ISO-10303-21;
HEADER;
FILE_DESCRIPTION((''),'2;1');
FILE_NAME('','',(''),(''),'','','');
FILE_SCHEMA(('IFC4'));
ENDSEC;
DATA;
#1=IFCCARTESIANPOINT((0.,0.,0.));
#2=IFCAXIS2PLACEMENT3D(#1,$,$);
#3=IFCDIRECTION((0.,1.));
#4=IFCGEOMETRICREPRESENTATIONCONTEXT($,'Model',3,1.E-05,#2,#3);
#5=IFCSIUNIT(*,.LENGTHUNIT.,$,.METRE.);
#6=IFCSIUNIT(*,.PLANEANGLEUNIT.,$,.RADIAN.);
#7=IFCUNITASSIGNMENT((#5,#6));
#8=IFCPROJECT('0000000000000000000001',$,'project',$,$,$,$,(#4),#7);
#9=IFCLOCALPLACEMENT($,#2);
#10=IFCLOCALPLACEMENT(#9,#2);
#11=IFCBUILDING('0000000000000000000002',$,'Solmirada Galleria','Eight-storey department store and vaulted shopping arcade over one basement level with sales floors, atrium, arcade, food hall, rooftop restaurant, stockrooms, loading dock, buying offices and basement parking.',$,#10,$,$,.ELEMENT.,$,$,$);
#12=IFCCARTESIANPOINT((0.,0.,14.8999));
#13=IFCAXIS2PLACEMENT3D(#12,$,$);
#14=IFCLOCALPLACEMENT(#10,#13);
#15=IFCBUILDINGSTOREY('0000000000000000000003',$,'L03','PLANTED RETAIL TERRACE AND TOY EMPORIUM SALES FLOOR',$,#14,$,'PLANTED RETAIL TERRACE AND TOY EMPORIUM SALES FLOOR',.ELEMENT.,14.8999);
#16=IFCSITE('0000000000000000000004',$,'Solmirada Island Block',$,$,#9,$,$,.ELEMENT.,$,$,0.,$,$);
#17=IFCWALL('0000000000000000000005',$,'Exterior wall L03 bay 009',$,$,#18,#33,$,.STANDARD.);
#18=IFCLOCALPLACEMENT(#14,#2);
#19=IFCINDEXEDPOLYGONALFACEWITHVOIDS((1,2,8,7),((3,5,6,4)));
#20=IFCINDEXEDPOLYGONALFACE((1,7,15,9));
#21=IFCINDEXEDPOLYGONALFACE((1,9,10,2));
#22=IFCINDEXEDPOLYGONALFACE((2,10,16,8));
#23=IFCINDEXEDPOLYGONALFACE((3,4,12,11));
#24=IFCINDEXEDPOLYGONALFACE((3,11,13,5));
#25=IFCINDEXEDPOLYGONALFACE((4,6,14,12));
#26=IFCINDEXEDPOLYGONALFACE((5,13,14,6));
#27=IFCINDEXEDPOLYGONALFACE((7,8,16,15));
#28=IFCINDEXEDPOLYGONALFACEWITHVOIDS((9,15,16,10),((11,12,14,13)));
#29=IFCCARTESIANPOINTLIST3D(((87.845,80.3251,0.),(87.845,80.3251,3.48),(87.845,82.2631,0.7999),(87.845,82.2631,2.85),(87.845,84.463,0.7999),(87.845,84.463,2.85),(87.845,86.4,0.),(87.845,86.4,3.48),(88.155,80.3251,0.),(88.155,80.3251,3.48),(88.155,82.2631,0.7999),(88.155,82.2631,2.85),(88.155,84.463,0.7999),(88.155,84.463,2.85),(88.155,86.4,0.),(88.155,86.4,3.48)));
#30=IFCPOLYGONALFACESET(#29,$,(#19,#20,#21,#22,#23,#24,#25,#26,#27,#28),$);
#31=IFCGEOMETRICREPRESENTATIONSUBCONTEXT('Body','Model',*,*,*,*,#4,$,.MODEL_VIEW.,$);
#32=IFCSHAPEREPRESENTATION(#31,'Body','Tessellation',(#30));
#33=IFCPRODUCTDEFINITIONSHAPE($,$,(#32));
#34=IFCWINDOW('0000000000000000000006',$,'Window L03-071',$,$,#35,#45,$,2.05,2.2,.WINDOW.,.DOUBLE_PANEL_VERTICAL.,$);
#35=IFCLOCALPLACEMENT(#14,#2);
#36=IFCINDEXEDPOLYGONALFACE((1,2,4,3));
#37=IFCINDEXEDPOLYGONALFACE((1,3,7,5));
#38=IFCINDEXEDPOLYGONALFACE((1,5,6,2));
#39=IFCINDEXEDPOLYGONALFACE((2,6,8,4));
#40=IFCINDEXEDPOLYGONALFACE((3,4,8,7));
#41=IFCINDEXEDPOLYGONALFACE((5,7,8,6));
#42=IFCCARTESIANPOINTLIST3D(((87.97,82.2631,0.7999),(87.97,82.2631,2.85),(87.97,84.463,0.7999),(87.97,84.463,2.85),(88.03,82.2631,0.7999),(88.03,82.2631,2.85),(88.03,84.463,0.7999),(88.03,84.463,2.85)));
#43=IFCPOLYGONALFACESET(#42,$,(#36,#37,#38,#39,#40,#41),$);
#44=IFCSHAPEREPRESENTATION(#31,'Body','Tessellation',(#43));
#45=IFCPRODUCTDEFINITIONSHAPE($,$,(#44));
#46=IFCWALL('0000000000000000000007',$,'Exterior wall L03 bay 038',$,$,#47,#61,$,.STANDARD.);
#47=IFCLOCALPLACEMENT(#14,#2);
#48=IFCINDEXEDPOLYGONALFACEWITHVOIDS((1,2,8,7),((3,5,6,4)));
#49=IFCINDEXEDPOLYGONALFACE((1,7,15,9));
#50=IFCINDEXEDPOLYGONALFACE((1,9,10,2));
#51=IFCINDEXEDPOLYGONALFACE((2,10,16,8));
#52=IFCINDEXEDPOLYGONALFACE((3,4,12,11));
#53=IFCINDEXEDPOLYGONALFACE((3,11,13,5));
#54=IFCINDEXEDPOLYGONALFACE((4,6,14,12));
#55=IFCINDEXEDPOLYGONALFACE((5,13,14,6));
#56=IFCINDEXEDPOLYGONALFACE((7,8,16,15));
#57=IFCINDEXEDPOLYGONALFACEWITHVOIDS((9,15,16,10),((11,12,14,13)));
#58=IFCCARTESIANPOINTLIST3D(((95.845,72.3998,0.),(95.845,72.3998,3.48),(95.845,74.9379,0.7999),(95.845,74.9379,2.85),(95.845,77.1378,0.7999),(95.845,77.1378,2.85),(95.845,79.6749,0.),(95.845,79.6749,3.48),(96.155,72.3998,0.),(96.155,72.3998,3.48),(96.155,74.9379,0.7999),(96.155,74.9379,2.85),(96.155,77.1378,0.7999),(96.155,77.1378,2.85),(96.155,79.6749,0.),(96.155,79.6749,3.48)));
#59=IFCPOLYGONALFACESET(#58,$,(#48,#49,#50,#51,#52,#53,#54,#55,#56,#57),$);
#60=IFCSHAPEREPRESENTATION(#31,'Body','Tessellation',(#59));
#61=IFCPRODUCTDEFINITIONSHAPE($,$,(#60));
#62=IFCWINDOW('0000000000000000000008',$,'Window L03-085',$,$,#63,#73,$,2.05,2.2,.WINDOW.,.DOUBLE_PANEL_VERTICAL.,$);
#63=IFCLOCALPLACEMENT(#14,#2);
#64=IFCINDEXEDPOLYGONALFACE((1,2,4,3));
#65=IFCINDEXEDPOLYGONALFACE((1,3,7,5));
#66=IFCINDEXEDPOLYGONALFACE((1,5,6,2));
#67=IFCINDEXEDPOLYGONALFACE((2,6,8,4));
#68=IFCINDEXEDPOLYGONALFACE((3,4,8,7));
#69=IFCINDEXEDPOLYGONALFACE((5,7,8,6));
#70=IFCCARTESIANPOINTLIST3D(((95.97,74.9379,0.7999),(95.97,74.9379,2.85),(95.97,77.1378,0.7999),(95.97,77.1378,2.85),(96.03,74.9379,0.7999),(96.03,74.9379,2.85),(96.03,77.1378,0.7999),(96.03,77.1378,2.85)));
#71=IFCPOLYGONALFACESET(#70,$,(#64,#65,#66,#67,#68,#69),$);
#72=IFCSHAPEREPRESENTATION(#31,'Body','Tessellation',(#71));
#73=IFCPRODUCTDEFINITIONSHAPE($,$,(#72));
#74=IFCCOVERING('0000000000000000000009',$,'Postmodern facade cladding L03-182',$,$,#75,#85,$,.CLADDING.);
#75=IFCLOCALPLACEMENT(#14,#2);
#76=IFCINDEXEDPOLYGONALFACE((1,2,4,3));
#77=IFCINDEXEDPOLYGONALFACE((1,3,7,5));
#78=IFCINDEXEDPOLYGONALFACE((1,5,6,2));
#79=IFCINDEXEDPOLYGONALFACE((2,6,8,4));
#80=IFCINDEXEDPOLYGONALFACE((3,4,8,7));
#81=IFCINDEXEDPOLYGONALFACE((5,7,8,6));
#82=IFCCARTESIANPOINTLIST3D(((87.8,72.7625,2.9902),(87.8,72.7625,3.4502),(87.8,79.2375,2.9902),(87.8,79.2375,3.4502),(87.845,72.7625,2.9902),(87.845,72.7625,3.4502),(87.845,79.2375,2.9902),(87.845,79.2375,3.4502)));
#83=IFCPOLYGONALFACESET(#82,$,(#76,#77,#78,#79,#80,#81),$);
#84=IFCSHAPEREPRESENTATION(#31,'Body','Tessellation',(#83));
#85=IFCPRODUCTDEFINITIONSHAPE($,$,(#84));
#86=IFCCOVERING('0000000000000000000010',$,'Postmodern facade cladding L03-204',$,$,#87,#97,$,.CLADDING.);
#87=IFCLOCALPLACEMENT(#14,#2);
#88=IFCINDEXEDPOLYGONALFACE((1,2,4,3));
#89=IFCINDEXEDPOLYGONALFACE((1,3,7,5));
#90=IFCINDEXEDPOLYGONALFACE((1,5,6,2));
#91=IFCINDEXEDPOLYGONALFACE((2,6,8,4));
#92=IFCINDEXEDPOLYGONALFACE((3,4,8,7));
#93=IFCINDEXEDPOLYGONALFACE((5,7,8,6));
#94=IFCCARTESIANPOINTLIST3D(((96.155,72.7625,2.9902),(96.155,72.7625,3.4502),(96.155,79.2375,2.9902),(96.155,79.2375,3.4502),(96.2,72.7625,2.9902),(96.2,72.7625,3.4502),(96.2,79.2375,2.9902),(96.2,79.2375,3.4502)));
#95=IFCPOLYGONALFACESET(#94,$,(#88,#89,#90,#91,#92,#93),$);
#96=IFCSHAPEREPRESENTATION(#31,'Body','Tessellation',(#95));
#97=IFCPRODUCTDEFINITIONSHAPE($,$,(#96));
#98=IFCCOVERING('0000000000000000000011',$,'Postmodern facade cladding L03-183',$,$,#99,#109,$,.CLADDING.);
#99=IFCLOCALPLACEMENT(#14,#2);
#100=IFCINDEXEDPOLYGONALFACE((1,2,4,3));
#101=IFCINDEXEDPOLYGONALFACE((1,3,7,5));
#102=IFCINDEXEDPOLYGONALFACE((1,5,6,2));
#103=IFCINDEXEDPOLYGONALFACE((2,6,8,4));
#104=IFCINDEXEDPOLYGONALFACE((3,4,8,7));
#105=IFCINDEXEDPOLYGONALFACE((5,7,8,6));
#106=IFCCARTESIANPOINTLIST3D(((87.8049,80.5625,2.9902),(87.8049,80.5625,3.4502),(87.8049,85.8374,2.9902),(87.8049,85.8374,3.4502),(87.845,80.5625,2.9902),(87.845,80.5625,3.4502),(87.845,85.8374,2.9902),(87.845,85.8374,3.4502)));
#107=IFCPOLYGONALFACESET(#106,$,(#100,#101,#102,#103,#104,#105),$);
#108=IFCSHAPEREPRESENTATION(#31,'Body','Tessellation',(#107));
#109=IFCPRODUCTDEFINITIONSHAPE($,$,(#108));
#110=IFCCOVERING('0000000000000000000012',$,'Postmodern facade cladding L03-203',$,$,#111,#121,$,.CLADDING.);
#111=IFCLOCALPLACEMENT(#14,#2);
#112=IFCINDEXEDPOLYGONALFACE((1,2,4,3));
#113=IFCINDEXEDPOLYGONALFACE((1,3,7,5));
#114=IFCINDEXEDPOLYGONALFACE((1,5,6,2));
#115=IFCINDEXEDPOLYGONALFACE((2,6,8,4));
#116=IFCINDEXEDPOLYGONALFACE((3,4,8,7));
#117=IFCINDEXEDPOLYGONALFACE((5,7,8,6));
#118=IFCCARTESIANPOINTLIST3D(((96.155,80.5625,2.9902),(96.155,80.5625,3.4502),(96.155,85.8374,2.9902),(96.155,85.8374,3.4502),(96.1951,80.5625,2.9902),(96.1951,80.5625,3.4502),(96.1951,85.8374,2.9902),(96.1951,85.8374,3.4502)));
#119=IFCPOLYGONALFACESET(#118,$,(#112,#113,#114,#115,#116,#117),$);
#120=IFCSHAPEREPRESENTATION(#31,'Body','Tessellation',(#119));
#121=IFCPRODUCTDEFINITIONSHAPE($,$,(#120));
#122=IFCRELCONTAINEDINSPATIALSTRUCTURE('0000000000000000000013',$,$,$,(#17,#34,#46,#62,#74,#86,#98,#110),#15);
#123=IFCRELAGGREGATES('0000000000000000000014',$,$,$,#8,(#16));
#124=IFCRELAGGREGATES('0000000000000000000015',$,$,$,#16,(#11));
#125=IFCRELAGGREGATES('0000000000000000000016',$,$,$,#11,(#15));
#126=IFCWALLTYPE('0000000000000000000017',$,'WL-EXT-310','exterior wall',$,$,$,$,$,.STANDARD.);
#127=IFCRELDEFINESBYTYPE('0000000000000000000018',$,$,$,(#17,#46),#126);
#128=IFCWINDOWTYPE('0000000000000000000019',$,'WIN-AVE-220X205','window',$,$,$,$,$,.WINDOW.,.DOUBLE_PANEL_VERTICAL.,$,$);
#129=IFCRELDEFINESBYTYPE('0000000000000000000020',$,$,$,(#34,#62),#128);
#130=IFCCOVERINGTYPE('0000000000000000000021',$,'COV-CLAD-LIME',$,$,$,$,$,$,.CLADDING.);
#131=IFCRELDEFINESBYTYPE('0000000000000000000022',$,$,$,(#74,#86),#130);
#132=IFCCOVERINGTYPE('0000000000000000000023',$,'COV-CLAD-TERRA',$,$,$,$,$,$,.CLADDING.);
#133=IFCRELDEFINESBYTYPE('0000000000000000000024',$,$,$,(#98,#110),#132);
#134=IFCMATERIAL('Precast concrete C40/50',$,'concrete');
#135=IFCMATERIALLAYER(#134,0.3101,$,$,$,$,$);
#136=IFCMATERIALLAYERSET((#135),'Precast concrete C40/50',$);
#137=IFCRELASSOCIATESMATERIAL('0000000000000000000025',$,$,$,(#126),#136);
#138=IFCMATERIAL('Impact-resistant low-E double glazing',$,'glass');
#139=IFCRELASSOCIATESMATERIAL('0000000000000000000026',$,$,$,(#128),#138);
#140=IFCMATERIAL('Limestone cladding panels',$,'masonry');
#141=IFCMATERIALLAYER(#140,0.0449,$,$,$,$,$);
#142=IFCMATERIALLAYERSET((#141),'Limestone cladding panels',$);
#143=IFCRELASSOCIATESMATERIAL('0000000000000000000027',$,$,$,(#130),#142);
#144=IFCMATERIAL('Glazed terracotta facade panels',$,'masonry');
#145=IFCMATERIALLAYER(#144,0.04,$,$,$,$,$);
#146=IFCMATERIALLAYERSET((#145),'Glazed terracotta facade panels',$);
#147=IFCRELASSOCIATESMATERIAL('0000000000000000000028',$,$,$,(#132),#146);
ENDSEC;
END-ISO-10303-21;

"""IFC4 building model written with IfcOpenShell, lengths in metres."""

from ifc_helpers import new_model, si_unit, direction, frame, frame_2d, origin, origin_2d, place, context, subcontext, project, spatial, rectangle, extrude, material, layer, layer_set, type_object, element, fill, save


model = new_model("IFC4")

# Units and contexts
model_context = context("Model", 3, precision=1e-05, world=origin(), true_north=direction((0.0, 1.0)))
body_context = subcontext(model_context, "Body", "Model", "MODEL_VIEW")
ifc_project = project(units=[si_unit("LENGTHUNIT", "METRE"), si_unit("PLANEANGLEUNIT", "RADIAN")], contexts=[model_context])

# Site, building, storey
site_placement = place(None, origin())
site = spatial("IfcSite", under=ifc_project, at=site_placement, Name="Solmirada Island Block", CompositionType="ELEMENT", RefElevation=0.0)
building_placement = place(site_placement, origin())
building = spatial("IfcBuilding", under=site, at=building_placement, Name="Solmirada Galleria", Description="Eight-storey department store and vaulted shopping arcade over one basement level with sales floors, atrium, arcade, food hall, rooftop restaurant, stockrooms, loading dock, buying offices and basement parking.", CompositionType="ELEMENT")
storey_placement = place(building_placement, frame((0.0, 0.0, 14.8999)))
storey = spatial("IfcBuildingStorey", under=building, at=storey_placement, Name="L03", Description="PLANTED RETAIL TERRACE AND TOY EMPORIUM SALES FLOOR", LongName="PLANTED RETAIL TERRACE AND TOY EMPORIUM SALES FLOOR", CompositionType="ELEMENT", Elevation=14.8999)

# Shared definitions
ifc_material_1 = material(Name="Impact-resistant low-E double glazing", Category="glass")

# Walls, openings, windows
ifc_material_2 = material(Name="Precast concrete C40/50", Category="concrete")
ifc_layer_1 = layer(ifc_material_2, 0.3101)
ifc_layer_set_1 = layer_set([ifc_layer_1], Name="Precast concrete C40/50")
wall_type = type_object("IfcWallType", Name="WL-EXT-310", Description="exterior wall", PredefinedType="STANDARD", material=ifc_layer_set_1)
window_type = type_object("IfcWindowType", Name="WIN-AVE-220X205", Description="window", PartitioningType="DOUBLE_PANEL_VERTICAL", PredefinedType="WINDOW", material=ifc_material_1)
wall_1_placement = place(storey_placement, frame((88.0, 80.325, 0.0), z_axis=(0.0, 0.0, 1.0), x_axis=(0.0, 1.0, 0.0)))
wall_1 = element("IfcWall", 1, at=wall_1_placement, inside=storey, type_object=wall_type, Name="Exterior wall L03 bay 009", PredefinedType="STANDARD", context=body_context, shape_type="SweptSolid", body=[
    extrude(rectangle(XDim=6.075, YDim=0.3101, at=frame_2d((3.0376, 0.0))), origin(), (0.0, 0.0, 1.0), 3.48),
])
opening_1_placement = place(wall_1_placement, frame((1.938, 0.0, 0.8)))
opening_1 = element("IfcOpeningElement", 2, at=opening_1_placement, cuts=wall_1, PredefinedType="OPENING", context=body_context, shape_type="SweptSolid", body=[
    extrude(rectangle(XDim=2.2, YDim=2.05, at=frame_2d((1.1001, 1.0249))), frame((0.0, 0.165, 0.0), z_axis=(0.0, -1.0, 0.0), x_axis=(1.0, 0.0, 0.0)), (0.0, 0.0, 1.0), 0.3301),
])
window_1_placement = place(opening_1_placement, origin())
window_1 = element("IfcWindow", 3, at=window_1_placement, inside=storey, type_object=window_type, Name="Window L03-071", OverallHeight=2.05, OverallWidth=2.2, PartitioningType="DOUBLE_PANEL_VERTICAL", PredefinedType="WINDOW", context=body_context, shape_type="SweptSolid", body=[
    extrude(rectangle(XDim=2.2, YDim=2.05, at=frame_2d((1.1001, 1.0249))), frame((0.0, 0.03, 0.0), z_axis=(0.0, -1.0, 0.0), x_axis=(1.0, 0.0, 0.0)), (0.0, 0.0, 1.0), 0.0601),
])
fill(opening_1, window_1)
wall_2_placement = place(storey_placement, frame((96.0, 79.675, 0.0), z_axis=(0.0, 0.0, 1.0), x_axis=(0.0, -1.0, 0.0)))
wall_2 = element("IfcWall", 4, at=wall_2_placement, inside=storey, type_object=wall_type, Name="Exterior wall L03 bay 038", PredefinedType="STANDARD", context=body_context, shape_type="SweptSolid", body=[
    extrude(rectangle(XDim=7.2751, YDim=0.3101, at=frame_2d((3.6377, 0.0))), origin(), (0.0, 0.0, 1.0), 3.48),
])
opening_2_placement = place(wall_2_placement, frame((2.5371, 0.0, 0.8)))
opening_2 = element("IfcOpeningElement", 5, at=opening_2_placement, cuts=wall_2, PredefinedType="OPENING", context=body_context, shape_type="SweptSolid", body=[
    extrude(rectangle(XDim=2.2, YDim=2.05, at=frame_2d((1.1001, 1.0249))), frame((0.0, 0.165, 0.0), z_axis=(0.0, -1.0, 0.0), x_axis=(1.0, 0.0, 0.0)), (0.0, 0.0, 1.0), 0.3301),
])
window_2_placement = place(opening_2_placement, origin())
window_2 = element("IfcWindow", 6, at=window_2_placement, inside=storey, type_object=window_type, Name="Window L03-085", OverallHeight=2.05, OverallWidth=2.2, PartitioningType="DOUBLE_PANEL_VERTICAL", PredefinedType="WINDOW", context=body_context, shape_type="SweptSolid", body=[
    extrude(rectangle(XDim=2.2, YDim=2.05, at=frame_2d((1.1001, 1.0249))), frame((0.0, 0.03, 0.0), z_axis=(0.0, -1.0, 0.0), x_axis=(1.0, 0.0, 0.0)), (0.0, 0.0, 1.0), 0.0601),
])
fill(opening_2, window_2)

# Coverings
ifc_material_3 = material(Name="Limestone cladding panels", Category="masonry")
ifc_layer_2 = layer(ifc_material_3, 0.0449)
ifc_layer_set_2 = layer_set([ifc_layer_2], Name="Limestone cladding panels")
covering_type_1 = type_object("IfcCoveringType", Name="COV-CLAD-LIME", PredefinedType="CLADDING", material=ifc_layer_set_2)
for number, where, z_axis, x_axis, name in (
    (7, (87.8225, 76.0, 2.9902), (0.0, 0.0, 1.0), (0.0, 1.0, 0.0), "Postmodern facade cladding L03-182"),
    (8, (96.1775, 76.0, 2.9902), (0.0, 0.0, 1.0), (0.0, -1.0, 0.0), "Postmodern facade cladding L03-204"),
):
    element("IfcCovering", number, at=place(storey_placement, frame(where, z_axis=z_axis, x_axis=x_axis)), inside=storey, type_object=covering_type_1, Name=name, PredefinedType="CLADDING", context=body_context, shape_type="SweptSolid", body=[
        extrude(rectangle(XDim=6.4751, YDim=0.0449, at=origin_2d()), origin(), (0.0, 0.0, 1.0), 0.46),
    ])
ifc_material_4 = material(Name="Glazed terracotta facade panels", Category="masonry")
ifc_layer_3 = layer(ifc_material_4, 0.04)
ifc_layer_set_3 = layer_set([ifc_layer_3], Name="Glazed terracotta facade panels")
covering_type_2 = type_object("IfcCoveringType", Name="COV-CLAD-TERRA", PredefinedType="CLADDING", material=ifc_layer_set_3)
for number, where, z_axis, x_axis, name in (
    (9, (87.825, 83.2, 2.9902), (0.0, 0.0, 1.0), (0.0, 1.0, 0.0), "Postmodern facade cladding L03-183"),
    (10, (96.175, 83.2, 2.9902), (0.0, 0.0, 1.0), (0.0, -1.0, 0.0), "Postmodern facade cladding L03-203"),
):
    element("IfcCovering", number, at=place(storey_placement, frame(where, z_axis=z_axis, x_axis=x_axis)), inside=storey, type_object=covering_type_2, Name=name, PredefinedType="CLADDING", context=body_context, shape_type="SweptSolid", body=[
        extrude(rectangle(XDim=5.2749, YDim=0.04, at=origin_2d()), origin(), (0.0, 0.0, 1.0), 0.46),
    ])

save(model, "model.ifc")
